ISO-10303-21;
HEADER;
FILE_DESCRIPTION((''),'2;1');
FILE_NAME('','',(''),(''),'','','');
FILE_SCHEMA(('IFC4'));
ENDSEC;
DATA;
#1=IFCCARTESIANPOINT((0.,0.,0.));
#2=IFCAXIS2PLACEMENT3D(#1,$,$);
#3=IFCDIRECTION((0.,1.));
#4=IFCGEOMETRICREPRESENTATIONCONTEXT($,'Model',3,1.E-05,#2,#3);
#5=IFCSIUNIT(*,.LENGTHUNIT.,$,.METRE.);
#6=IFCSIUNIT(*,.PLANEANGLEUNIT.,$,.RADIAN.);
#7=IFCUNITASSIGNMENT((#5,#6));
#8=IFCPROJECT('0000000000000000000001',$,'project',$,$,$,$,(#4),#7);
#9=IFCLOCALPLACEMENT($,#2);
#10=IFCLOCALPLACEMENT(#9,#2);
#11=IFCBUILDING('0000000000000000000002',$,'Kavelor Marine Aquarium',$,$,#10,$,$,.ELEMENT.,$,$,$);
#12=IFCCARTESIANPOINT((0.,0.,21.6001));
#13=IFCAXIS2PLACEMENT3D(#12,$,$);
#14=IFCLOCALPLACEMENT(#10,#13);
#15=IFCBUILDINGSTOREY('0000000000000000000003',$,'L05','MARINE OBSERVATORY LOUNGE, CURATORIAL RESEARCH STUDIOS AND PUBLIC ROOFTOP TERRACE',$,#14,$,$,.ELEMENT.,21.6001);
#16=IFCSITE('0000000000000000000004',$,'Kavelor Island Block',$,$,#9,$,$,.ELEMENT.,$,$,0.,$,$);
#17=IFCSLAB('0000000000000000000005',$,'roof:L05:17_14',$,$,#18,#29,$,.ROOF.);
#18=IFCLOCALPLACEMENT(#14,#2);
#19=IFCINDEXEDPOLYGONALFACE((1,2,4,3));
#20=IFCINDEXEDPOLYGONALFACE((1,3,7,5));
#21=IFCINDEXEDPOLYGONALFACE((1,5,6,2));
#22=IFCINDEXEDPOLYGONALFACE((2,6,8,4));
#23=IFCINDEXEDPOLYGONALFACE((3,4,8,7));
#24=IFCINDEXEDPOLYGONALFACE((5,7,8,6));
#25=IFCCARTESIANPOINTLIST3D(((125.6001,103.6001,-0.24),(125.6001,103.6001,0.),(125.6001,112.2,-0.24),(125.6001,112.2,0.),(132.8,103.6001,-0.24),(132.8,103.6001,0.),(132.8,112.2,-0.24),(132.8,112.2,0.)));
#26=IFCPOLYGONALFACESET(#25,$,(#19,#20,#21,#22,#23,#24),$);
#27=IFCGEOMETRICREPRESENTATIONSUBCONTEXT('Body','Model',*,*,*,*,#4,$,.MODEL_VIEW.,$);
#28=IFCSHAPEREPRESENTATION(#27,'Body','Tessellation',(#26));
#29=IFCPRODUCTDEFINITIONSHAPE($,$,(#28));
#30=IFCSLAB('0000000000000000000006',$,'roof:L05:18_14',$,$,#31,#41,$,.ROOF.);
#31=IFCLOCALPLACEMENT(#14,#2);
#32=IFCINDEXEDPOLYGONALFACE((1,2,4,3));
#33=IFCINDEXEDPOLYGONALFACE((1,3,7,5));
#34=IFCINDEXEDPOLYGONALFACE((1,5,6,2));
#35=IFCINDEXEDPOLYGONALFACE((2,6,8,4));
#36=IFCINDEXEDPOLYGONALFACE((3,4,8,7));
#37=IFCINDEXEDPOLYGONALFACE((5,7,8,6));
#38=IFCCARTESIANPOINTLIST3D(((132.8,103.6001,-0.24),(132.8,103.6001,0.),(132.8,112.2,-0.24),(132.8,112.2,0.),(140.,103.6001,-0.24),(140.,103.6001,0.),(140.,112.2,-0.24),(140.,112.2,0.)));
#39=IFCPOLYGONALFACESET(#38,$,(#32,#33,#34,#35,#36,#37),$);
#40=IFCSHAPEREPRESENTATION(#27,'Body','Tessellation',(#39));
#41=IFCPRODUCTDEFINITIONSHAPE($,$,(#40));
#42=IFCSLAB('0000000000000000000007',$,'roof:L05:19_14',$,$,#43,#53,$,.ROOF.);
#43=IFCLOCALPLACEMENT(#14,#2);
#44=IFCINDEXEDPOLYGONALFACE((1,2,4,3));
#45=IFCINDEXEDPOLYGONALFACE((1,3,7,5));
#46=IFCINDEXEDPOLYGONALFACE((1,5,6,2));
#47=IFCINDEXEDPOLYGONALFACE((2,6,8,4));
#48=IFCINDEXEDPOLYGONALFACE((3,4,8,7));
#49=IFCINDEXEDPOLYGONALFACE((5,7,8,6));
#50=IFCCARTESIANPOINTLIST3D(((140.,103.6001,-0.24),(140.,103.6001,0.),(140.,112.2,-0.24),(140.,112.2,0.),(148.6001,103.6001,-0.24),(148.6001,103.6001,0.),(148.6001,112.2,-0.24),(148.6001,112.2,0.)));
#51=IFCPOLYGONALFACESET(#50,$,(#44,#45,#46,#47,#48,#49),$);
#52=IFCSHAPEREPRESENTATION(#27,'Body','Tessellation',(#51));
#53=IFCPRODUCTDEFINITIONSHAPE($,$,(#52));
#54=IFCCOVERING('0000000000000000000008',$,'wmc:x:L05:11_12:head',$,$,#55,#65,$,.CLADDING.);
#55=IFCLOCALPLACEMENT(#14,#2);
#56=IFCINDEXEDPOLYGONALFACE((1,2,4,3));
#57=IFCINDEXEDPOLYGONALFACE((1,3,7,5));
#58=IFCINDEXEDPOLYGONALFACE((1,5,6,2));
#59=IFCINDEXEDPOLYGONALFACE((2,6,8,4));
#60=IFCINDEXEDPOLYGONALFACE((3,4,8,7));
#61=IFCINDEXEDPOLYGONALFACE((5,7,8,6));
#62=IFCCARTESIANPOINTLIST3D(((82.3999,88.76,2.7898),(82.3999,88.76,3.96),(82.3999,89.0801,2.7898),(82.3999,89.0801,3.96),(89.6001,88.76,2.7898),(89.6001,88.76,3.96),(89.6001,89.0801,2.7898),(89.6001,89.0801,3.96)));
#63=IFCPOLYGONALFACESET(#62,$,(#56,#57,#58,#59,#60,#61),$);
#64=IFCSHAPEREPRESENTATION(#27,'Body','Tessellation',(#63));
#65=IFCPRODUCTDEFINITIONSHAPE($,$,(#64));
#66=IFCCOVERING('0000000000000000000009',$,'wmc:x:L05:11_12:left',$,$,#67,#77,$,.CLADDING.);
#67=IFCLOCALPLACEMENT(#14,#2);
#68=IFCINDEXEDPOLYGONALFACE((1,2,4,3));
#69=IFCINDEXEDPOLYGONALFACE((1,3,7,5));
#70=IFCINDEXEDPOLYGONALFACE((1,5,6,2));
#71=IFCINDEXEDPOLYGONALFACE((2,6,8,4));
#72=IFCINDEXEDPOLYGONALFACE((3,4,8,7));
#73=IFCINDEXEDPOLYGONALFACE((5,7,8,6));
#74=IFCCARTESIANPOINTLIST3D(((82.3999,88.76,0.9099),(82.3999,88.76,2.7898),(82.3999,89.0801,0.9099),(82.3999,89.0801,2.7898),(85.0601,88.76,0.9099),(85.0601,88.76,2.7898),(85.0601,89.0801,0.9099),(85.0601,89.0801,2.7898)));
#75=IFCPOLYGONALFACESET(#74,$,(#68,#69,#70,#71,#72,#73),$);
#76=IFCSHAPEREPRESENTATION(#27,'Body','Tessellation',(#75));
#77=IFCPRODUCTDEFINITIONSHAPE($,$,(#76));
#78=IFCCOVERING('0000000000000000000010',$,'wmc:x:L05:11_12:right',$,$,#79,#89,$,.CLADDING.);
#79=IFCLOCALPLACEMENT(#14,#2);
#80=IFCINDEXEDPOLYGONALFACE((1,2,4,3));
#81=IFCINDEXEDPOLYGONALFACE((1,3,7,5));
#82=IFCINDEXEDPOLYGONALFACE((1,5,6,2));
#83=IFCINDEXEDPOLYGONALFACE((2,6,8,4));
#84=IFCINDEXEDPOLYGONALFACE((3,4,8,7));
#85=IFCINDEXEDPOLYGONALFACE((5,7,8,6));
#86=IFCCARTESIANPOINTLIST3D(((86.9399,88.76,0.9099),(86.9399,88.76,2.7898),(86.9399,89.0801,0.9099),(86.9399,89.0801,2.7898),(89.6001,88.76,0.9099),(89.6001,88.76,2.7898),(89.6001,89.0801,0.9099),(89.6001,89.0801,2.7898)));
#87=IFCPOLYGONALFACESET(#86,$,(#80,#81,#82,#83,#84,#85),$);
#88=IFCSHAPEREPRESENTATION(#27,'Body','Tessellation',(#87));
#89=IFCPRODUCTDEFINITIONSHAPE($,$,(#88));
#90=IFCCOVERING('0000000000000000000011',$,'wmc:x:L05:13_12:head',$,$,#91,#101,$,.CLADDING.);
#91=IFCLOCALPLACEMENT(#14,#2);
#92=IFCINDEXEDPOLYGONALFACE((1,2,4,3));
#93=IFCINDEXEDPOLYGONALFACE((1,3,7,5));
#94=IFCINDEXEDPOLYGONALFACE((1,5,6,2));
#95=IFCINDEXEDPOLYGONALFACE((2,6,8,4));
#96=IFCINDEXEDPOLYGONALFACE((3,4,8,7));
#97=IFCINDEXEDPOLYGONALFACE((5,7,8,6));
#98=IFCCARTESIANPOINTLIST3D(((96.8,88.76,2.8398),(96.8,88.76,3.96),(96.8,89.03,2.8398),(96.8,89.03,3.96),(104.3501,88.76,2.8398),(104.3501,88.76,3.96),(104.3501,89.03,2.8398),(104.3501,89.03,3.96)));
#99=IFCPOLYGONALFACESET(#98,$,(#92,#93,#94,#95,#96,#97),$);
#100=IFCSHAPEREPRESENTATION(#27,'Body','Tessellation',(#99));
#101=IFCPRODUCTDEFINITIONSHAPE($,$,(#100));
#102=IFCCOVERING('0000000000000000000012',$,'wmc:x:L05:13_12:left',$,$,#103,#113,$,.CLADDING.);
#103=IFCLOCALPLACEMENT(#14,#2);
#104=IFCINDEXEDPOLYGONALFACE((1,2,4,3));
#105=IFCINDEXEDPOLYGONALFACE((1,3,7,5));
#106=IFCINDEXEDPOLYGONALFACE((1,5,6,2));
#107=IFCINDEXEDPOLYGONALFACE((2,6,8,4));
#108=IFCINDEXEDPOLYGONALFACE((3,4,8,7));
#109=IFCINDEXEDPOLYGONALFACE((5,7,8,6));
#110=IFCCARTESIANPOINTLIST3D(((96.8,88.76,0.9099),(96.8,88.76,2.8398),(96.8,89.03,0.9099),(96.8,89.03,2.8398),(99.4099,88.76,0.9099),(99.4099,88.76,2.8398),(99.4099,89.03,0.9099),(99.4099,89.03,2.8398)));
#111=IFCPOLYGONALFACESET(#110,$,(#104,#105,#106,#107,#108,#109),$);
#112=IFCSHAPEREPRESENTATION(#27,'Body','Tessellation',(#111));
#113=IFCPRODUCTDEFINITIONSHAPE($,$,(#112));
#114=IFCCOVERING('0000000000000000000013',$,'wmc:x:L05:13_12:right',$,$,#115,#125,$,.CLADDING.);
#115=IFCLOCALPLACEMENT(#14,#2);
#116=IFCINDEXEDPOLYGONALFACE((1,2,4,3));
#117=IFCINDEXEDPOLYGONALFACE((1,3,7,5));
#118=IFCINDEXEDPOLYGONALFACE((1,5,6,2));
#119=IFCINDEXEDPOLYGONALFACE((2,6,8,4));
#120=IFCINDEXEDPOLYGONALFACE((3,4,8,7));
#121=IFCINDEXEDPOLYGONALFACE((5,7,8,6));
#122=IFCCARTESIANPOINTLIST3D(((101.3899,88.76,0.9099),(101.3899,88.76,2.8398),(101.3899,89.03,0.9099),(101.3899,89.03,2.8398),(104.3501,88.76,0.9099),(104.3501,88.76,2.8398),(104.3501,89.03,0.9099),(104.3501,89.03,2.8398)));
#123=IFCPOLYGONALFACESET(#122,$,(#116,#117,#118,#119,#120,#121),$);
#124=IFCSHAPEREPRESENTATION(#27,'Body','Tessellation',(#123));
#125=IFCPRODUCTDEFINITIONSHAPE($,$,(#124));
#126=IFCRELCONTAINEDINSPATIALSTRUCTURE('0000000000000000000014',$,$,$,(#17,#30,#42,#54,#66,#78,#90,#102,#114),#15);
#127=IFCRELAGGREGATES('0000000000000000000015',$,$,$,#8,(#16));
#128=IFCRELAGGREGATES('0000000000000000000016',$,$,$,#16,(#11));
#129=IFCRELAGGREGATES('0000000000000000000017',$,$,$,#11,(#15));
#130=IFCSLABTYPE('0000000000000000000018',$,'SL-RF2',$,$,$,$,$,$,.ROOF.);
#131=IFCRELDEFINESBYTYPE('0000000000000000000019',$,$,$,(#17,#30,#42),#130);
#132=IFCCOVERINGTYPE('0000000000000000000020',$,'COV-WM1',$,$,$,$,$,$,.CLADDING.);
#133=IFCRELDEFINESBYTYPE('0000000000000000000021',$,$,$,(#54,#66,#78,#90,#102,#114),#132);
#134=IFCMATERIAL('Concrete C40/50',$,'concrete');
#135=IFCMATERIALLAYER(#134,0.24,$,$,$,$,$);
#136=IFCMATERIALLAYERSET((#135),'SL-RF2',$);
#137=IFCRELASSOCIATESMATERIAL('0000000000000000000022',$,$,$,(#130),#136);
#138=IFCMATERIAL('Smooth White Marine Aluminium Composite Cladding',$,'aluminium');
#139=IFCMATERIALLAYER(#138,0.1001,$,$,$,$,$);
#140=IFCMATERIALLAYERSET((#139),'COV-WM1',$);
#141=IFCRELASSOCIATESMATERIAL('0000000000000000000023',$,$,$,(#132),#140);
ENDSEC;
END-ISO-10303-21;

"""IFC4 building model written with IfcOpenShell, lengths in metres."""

from ifc_helpers import new_model, si_unit, direction, frame, origin, place, context, subcontext, project, spatial, polyline, outline, extrude, material, layer, layer_set, type_object, element, save


model = new_model("IFC4")

# Units and contexts
model_context = context("Model", 3, precision=1e-05, world=origin(), true_north=direction((0.0, 1.0)))
body_context = subcontext(model_context, "Body", "Model", "MODEL_VIEW")
ifc_project = project(units=[si_unit("LENGTHUNIT", "METRE"), si_unit("PLANEANGLEUNIT", "RADIAN")], contexts=[model_context])

# Site, building, storey
site_placement = place(None, origin())
site = spatial("IfcSite", under=ifc_project, at=site_placement, Name="Kavelor Island Block", CompositionType="ELEMENT", RefElevation=0.0)
building_placement = place(site_placement, origin())
building = spatial("IfcBuilding", under=site, at=building_placement, Name="Kavelor Marine Aquarium", CompositionType="ELEMENT")
storey_placement = place(building_placement, frame((0.0, 0.0, 21.6001)))
storey = spatial("IfcBuildingStorey", under=building, at=storey_placement, Name="L05", Description="MARINE OBSERVATORY LOUNGE, CURATORIAL RESEARCH STUDIOS AND PUBLIC ROOFTOP TERRACE", CompositionType="ELEMENT", Elevation=21.6001)

# Slabs
ifc_material_1 = material(Name="Concrete C40/50", Category="concrete")
ifc_layer_1 = layer(ifc_material_1, 0.24)
ifc_layer_set_1 = layer_set([ifc_layer_1], Name="SL-RF2")
slab_type_1 = type_object("IfcSlabType", Name="SL-RF2", PredefinedType="ROOF", material=ifc_layer_set_1)
slab_1_placement = place(storey_placement, frame((0.0, 0.0, -0.24)))
element("IfcSlab", 1, at=slab_1_placement, inside=storey, type_object=slab_type_1, Name="roof:L05:17_14", PredefinedType="ROOF", context=body_context, shape_type="SweptSolid", body=[
    extrude(outline(polyline([(125.6001, 103.6001), (132.8, 103.6001), (132.8, 112.2), (125.6001, 112.2), (125.6001, 103.6001)])), origin(), (0.0, 0.0, 1.0), 0.24),
])
slab_2_placement = place(storey_placement, frame((0.0, 0.0, -0.24)))
element("IfcSlab", 2, at=slab_2_placement, inside=storey, type_object=slab_type_1, Name="roof:L05:18_14", PredefinedType="ROOF", context=body_context, shape_type="SweptSolid", body=[
    extrude(outline(polyline([(132.8, 103.6001), (140.0, 103.6001), (140.0, 112.2), (132.8, 112.2), (132.8, 103.6001)])), origin(), (0.0, 0.0, 1.0), 0.24),
])
slab_3_placement = place(storey_placement, frame((0.0, 0.0, -0.24)))
element("IfcSlab", 3, at=slab_3_placement, inside=storey, type_object=slab_type_1, Name="roof:L05:19_14", PredefinedType="ROOF", context=body_context, shape_type="SweptSolid", body=[
    extrude(outline(polyline([(140.0, 103.6001), (148.6001, 103.6001), (148.6001, 112.2), (140.0, 112.2), (140.0, 103.6001)])), origin(), (0.0, 0.0, 1.0), 0.24),
])

# Coverings
ifc_material_2 = material(Name="Smooth White Marine Aluminium Composite Cladding", Category="aluminium")
ifc_layer_2 = layer(ifc_material_2, 0.1001)
ifc_layer_set_2 = layer_set([ifc_layer_2], Name="COV-WM1")
covering_type = type_object("IfcCoveringType", Name="COV-WM1", PredefinedType="CLADDING", material=ifc_layer_set_2)
covering_1_placement = place(storey_placement, frame((0.0, 0.0, 2.7898)))
element("IfcCovering", 4, at=covering_1_placement, inside=storey, type_object=covering_type, Name="wmc:x:L05:11_12:head", PredefinedType="CLADDING", context=body_context, shape_type="SweptSolid", body=[
    extrude(outline(polyline([(82.3999, 88.76), (89.6001, 88.76), (89.6001, 89.0801), (82.3999, 89.0801), (82.3999, 88.76)])), origin(), (0.0, 0.0, 1.0), 1.1702),
])
covering_2_placement = place(storey_placement, frame((0.0, 0.0, 0.9099)))
element("IfcCovering", 5, at=covering_2_placement, inside=storey, type_object=covering_type, Name="wmc:x:L05:11_12:left", PredefinedType="CLADDING", context=body_context, shape_type="SweptSolid", body=[
    extrude(outline(polyline([(82.3999, 88.76), (85.0601, 88.76), (85.0601, 89.0801), (82.3999, 89.0801), (82.3999, 88.76)])), origin(), (0.0, 0.0, 1.0), 1.8799),
])
covering_3_placement = place(storey_placement, frame((0.0, 0.0, 0.9099)))
element("IfcCovering", 6, at=covering_3_placement, inside=storey, type_object=covering_type, Name="wmc:x:L05:11_12:right", PredefinedType="CLADDING", context=body_context, shape_type="SweptSolid", body=[
    extrude(outline(polyline([(86.9399, 88.76), (89.6001, 88.76), (89.6001, 89.0801), (86.9399, 89.0801), (86.9399, 88.76)])), origin(), (0.0, 0.0, 1.0), 1.8799),
])
covering_4_placement = place(storey_placement, frame((0.0, 0.0, 2.8398)))
element("IfcCovering", 7, at=covering_4_placement, inside=storey, type_object=covering_type, Name="wmc:x:L05:13_12:head", PredefinedType="CLADDING", context=body_context, shape_type="SweptSolid", body=[
    extrude(outline(polyline([(96.8, 88.76), (104.3501, 88.76), (104.3501, 89.03), (96.8, 89.03), (96.8, 88.76)])), origin(), (0.0, 0.0, 1.0), 1.1201),
])
covering_5_placement = place(storey_placement, frame((0.0, 0.0, 0.9099)))
element("IfcCovering", 8, at=covering_5_placement, inside=storey, type_object=covering_type, Name="wmc:x:L05:13_12:left", PredefinedType="CLADDING", context=body_context, shape_type="SweptSolid", body=[
    extrude(outline(polyline([(96.8, 88.76), (99.4099, 88.76), (99.4099, 89.03), (96.8, 89.03), (96.8, 88.76)])), origin(), (0.0, 0.0, 1.0), 1.9299),
])
covering_6_placement = place(storey_placement, frame((0.0, 0.0, 0.9099)))
element("IfcCovering", 9, at=covering_6_placement, inside=storey, type_object=covering_type, Name="wmc:x:L05:13_12:right", PredefinedType="CLADDING", context=body_context, shape_type="SweptSolid", body=[
    extrude(outline(polyline([(101.3899, 88.76), (104.3501, 88.76), (104.3501, 89.03), (101.3899, 89.03), (101.3899, 88.76)])), origin(), (0.0, 0.0, 1.0), 1.9299),
])

save(model, "model.ifc")
